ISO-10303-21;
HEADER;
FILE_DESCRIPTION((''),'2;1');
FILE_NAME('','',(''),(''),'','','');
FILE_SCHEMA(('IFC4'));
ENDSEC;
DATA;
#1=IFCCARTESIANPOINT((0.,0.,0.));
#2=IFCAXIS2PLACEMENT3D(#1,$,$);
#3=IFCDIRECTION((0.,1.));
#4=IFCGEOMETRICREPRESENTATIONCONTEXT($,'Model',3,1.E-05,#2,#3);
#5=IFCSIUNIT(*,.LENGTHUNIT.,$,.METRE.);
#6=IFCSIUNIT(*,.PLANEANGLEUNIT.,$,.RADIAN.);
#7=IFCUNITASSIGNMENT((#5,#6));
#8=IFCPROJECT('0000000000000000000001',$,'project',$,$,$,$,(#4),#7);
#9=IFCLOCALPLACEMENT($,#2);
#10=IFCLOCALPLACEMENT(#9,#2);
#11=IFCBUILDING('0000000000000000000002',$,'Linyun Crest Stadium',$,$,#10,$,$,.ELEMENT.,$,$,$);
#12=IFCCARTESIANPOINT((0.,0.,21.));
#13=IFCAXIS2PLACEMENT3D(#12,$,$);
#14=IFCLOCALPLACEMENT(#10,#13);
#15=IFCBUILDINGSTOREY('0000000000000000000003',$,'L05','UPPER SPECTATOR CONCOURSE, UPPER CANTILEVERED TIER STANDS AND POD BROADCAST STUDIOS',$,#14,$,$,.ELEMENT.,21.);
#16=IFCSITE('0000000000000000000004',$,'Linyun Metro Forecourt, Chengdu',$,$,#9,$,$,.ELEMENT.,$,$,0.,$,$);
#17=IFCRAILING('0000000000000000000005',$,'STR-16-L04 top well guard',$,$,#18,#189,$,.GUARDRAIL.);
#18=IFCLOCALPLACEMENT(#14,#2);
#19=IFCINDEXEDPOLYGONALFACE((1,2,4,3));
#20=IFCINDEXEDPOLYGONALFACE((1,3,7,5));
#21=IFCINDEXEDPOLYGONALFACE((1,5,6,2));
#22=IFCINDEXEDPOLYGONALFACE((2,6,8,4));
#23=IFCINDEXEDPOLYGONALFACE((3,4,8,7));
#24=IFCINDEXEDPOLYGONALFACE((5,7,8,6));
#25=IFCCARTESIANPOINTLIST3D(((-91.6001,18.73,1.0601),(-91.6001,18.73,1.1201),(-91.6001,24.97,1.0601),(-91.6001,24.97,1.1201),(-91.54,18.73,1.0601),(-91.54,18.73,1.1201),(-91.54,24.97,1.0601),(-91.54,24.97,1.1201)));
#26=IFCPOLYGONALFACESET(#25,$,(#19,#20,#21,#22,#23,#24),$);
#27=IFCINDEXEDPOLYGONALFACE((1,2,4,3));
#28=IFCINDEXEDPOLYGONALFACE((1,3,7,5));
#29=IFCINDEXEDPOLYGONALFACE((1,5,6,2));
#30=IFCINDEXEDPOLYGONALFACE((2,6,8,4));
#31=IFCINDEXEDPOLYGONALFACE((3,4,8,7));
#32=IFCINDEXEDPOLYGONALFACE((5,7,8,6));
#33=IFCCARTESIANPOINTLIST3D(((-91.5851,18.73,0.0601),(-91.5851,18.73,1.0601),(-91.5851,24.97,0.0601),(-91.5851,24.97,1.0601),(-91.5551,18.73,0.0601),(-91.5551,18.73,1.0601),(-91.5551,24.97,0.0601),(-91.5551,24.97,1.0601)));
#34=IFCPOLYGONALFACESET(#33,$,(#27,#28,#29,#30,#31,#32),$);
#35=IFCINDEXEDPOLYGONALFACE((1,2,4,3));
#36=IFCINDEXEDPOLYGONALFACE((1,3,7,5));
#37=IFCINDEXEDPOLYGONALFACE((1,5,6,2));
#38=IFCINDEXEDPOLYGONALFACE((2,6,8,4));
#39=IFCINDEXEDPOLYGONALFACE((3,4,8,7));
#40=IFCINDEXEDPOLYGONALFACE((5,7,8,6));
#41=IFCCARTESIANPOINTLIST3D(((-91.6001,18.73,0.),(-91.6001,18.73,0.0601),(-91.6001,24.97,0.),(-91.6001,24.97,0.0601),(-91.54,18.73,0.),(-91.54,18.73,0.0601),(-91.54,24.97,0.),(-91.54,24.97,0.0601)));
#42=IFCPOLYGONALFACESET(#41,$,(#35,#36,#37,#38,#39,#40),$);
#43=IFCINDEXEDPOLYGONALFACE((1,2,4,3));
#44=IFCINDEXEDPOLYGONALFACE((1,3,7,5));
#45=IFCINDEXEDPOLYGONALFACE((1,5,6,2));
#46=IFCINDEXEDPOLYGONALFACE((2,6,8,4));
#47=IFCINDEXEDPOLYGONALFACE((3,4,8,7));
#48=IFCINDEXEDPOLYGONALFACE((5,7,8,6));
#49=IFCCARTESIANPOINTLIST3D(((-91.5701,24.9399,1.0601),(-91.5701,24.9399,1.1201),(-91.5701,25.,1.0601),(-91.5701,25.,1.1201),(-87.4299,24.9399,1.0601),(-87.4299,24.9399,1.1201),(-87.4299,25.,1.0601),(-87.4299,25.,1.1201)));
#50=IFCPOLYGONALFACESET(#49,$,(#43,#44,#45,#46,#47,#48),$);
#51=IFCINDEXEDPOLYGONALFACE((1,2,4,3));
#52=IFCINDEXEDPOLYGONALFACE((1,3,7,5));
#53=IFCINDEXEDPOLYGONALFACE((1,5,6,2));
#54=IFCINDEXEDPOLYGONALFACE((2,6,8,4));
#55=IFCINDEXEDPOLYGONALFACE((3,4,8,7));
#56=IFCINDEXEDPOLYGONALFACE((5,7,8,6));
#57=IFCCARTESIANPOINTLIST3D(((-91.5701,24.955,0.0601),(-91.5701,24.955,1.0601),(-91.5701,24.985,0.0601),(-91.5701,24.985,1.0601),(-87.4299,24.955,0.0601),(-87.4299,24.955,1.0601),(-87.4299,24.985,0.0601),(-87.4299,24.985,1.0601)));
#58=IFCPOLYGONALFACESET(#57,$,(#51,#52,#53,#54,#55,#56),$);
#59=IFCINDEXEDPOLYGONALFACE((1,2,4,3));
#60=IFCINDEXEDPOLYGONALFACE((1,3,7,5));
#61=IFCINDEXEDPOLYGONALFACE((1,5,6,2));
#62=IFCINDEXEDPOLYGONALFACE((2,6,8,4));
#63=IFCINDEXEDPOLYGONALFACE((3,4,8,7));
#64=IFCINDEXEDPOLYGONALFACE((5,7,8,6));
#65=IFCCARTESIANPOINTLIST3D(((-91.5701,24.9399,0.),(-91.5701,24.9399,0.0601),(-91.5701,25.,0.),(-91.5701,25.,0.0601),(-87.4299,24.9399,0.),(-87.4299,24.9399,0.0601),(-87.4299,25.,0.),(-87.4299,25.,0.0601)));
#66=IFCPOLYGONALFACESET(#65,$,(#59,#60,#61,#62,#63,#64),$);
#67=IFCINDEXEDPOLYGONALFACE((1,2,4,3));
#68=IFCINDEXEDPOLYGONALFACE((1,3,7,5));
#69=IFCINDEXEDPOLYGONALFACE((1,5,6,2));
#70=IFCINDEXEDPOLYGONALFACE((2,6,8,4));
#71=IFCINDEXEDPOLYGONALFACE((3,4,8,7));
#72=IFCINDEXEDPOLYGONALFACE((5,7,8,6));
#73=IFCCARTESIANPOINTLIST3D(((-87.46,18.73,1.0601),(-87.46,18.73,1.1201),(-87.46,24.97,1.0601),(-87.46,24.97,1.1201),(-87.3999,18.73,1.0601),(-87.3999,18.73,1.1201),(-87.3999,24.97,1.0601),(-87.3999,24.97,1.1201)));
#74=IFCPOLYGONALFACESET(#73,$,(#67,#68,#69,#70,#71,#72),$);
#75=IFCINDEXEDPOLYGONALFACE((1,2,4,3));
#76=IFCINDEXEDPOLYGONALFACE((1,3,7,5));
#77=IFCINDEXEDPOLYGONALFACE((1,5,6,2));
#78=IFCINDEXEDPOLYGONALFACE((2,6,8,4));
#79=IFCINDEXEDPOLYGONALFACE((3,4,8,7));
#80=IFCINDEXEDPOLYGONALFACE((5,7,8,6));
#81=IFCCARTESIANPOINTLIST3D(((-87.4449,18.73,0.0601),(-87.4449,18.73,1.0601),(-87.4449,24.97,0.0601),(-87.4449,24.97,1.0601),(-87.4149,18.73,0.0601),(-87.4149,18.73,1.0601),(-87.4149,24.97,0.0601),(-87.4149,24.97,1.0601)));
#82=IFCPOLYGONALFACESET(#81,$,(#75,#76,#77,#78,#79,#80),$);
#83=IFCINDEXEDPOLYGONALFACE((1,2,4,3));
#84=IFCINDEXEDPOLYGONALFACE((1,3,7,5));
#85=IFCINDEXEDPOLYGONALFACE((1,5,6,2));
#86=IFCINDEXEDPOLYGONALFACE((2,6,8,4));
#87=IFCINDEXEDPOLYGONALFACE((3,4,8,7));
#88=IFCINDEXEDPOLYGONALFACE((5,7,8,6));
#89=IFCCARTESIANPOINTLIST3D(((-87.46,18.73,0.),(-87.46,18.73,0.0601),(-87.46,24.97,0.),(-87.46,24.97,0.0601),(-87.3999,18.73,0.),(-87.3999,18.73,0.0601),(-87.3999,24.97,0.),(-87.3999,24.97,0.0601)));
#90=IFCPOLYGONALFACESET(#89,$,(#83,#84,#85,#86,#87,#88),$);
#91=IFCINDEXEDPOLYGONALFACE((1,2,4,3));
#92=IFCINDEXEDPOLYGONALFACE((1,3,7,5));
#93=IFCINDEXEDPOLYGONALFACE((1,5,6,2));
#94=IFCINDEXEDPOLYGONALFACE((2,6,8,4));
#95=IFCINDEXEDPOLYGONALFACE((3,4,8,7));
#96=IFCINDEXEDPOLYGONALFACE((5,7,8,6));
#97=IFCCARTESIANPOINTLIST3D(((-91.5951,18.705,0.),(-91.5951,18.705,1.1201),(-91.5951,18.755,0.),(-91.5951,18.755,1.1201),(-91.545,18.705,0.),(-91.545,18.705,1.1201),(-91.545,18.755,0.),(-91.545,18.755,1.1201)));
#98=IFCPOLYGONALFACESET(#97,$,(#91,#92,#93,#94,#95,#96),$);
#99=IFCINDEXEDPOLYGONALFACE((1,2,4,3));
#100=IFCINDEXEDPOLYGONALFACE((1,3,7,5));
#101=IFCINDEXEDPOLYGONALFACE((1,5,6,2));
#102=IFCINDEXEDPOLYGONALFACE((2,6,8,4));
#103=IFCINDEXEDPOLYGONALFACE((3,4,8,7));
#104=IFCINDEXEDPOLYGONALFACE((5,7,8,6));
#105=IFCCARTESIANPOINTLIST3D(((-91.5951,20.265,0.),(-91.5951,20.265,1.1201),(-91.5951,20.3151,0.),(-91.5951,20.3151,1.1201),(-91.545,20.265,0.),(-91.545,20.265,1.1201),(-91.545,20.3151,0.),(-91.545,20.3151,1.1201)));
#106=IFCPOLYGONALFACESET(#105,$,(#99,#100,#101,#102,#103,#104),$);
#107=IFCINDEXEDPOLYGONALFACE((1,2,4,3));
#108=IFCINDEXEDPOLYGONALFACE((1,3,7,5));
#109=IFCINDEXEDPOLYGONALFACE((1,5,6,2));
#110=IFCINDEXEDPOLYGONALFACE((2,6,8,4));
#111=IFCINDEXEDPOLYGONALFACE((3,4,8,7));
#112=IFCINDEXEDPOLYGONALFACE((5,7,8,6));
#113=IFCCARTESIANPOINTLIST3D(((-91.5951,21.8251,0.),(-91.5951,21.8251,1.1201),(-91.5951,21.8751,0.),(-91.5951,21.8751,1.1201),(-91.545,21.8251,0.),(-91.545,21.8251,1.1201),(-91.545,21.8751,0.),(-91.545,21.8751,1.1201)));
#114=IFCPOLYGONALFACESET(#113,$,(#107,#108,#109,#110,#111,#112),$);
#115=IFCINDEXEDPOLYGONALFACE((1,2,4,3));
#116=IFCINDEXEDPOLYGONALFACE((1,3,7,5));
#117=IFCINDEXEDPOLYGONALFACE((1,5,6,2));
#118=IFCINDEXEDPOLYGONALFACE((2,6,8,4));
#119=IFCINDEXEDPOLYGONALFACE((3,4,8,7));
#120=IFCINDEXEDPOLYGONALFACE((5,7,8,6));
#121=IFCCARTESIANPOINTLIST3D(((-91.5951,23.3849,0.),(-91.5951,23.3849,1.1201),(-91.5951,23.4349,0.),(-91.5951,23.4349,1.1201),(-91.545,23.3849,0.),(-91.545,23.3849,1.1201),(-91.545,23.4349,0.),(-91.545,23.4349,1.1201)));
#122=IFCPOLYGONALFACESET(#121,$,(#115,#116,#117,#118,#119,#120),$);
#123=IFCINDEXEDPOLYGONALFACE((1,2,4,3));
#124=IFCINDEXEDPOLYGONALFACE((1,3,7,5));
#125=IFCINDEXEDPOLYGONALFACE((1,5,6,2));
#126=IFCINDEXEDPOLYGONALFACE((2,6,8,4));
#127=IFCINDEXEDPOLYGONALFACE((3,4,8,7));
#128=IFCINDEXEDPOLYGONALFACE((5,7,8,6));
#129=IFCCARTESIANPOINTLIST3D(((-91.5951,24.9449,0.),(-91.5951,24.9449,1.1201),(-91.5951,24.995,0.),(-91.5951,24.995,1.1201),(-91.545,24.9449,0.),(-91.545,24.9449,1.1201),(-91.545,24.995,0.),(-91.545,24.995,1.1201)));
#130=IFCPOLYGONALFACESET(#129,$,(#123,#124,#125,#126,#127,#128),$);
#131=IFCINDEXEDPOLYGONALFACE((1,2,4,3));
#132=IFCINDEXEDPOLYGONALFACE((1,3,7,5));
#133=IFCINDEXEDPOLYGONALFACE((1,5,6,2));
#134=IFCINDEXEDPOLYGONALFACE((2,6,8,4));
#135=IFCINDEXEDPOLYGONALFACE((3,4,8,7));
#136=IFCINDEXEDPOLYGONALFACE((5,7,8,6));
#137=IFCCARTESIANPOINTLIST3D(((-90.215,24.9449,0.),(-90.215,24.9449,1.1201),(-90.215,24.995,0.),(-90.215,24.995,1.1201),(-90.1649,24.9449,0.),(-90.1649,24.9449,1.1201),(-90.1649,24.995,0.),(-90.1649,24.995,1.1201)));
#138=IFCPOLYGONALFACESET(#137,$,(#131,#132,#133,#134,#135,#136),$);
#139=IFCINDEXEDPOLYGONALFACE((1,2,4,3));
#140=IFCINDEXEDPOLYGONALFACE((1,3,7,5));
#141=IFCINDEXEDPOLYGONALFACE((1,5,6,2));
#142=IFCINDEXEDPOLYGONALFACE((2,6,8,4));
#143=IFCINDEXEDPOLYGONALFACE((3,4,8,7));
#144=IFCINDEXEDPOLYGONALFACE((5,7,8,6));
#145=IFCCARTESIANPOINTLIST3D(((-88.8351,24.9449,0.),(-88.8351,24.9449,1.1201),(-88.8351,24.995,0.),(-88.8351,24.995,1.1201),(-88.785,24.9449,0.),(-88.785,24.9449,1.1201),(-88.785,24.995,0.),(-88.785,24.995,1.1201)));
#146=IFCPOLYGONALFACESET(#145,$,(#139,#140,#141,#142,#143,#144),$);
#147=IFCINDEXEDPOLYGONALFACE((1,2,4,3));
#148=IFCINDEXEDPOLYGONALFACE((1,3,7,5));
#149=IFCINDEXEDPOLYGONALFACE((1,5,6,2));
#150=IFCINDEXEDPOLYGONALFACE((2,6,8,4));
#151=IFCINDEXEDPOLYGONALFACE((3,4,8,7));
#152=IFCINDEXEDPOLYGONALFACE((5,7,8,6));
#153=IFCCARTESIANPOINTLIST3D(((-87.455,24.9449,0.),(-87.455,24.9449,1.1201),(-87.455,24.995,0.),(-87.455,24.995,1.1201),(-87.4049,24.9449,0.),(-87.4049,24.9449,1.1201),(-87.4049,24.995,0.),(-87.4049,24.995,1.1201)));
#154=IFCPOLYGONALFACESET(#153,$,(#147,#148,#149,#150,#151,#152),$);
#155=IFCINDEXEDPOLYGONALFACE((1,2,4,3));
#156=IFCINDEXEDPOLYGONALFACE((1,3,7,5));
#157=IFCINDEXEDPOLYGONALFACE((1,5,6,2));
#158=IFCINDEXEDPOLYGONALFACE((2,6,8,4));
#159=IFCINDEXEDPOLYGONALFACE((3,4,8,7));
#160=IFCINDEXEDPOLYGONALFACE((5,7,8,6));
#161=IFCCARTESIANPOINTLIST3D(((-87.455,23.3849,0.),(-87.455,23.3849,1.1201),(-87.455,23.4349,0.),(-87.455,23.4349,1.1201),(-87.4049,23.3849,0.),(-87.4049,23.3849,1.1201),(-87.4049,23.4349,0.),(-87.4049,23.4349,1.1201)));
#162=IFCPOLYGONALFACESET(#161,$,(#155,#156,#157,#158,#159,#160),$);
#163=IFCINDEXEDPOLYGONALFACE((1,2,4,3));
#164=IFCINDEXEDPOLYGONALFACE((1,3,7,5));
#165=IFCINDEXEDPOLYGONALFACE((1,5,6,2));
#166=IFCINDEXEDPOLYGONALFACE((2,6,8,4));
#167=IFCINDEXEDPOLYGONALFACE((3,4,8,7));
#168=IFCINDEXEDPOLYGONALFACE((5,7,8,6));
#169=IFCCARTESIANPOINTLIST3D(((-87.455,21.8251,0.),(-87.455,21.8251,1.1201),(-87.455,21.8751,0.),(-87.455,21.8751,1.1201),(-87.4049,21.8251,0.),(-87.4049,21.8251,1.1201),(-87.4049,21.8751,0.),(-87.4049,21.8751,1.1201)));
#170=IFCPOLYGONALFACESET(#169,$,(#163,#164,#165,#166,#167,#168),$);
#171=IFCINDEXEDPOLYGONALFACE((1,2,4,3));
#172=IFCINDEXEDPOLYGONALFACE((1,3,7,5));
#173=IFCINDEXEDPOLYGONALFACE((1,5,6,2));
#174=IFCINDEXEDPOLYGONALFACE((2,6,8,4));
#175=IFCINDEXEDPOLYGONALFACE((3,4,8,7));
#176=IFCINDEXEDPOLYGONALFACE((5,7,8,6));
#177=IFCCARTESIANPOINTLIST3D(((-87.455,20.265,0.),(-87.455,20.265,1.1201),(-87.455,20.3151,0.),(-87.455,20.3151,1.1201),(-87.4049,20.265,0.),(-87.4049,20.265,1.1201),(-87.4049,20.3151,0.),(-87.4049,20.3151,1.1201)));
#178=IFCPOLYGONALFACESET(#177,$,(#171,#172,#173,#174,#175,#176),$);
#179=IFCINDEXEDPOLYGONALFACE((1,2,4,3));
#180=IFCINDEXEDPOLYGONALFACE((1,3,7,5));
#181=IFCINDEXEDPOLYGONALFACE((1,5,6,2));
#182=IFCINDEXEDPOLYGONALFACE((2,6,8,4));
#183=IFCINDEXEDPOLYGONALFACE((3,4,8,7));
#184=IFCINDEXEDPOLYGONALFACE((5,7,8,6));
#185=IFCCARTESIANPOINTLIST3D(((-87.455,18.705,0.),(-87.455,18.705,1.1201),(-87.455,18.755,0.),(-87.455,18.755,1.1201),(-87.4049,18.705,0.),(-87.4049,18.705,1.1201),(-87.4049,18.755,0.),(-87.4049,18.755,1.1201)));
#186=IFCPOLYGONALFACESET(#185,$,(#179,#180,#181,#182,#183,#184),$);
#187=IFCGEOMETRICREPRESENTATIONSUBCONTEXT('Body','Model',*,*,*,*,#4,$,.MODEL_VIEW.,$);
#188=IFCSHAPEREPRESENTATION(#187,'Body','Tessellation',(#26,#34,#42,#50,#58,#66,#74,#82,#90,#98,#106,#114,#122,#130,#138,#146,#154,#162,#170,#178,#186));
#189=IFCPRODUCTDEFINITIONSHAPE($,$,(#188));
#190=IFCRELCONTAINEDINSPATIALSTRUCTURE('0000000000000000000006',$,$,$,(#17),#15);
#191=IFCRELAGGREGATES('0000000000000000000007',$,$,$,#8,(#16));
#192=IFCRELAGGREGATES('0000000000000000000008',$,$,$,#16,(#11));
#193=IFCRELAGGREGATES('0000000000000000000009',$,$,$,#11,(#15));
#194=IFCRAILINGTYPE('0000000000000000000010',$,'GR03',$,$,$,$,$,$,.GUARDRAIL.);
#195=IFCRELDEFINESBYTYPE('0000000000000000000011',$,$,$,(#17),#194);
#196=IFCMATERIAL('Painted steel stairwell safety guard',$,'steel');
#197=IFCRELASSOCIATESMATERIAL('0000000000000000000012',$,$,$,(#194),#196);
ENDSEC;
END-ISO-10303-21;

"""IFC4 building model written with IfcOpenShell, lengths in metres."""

from ifc_helpers import new_model, si_unit, direction, frame, origin, origin_2d, place, context, subcontext, project, spatial, rectangle, extrude, material, type_object, element, save


model = new_model("IFC4")

# Units and contexts
model_context = context("Model", 3, precision=1e-05, world=origin(), true_north=direction((0.0, 1.0)))
body_context = subcontext(model_context, "Body", "Model", "MODEL_VIEW")
ifc_project = project(units=[si_unit("LENGTHUNIT", "METRE"), si_unit("PLANEANGLEUNIT", "RADIAN")], contexts=[model_context])

# Site, building, storey
site_placement = place(None, origin())
site = spatial("IfcSite", under=ifc_project, at=site_placement, Name="Linyun Metro Forecourt, Chengdu", CompositionType="ELEMENT", RefElevation=0.0)
building_placement = place(site_placement, origin())
building = spatial("IfcBuilding", under=site, at=building_placement, Name="Linyun Crest Stadium", CompositionType="ELEMENT")
storey_placement = place(building_placement, frame((0.0, 0.0, 21.0)))
storey = spatial("IfcBuildingStorey", under=building, at=storey_placement, Name="L05", Description="UPPER SPECTATOR CONCOURSE, UPPER CANTILEVERED TIER STANDS AND POD BROADCAST STUDIOS", CompositionType="ELEMENT", Elevation=21.0)

# Railing
ifc_material_1 = material(Name="Painted steel stairwell safety guard", Category="steel")
railing_type_1 = type_object("IfcRailingType", Name="GR03", PredefinedType="GUARDRAIL", material=ifc_material_1)
railing_1_placement = place(storey_placement, frame((-91.5701, 18.73, 0.0)))
element("IfcRailing", 1, at=railing_1_placement, inside=storey, type_object=railing_type_1, Name="STR-16-L04 top well guard", PredefinedType="GUARDRAIL", context=body_context, shape_type="SweptSolid", body=[
    extrude(rectangle(XDim=0.0601, YDim=0.0601, at=origin_2d()), frame((0.0, 0.0, 1.0901), z_axis=(0.0, 1.0, 0.0), x_axis=(-1.0, 0.0, 0.0)), (0.0, 0.0, 1.0), 6.24),
    extrude(rectangle(XDim=0.03, YDim=1.0, at=origin_2d()), frame((0.0, 0.0, 0.5601), z_axis=(0.0, 1.0, 0.0), x_axis=(-1.0, 0.0, 0.0)), (0.0, 0.0, 1.0), 6.24),
    extrude(rectangle(XDim=0.0601, YDim=0.0601, at=origin_2d()), frame((0.0, 0.0, 0.03), z_axis=(0.0, 1.0, 0.0), x_axis=(-1.0, 0.0, 0.0)), (0.0, 0.0, 1.0), 6.24),
    extrude(rectangle(XDim=0.0601, YDim=0.0601, at=origin_2d()), frame((0.0, 6.24, 1.0901), z_axis=(1.0, 0.0, 0.0), x_axis=(0.0, 1.0, 0.0)), (0.0, 0.0, 1.0), 4.1401),
    extrude(rectangle(XDim=0.03, YDim=1.0, at=origin_2d()), frame((0.0, 6.24, 0.5601), z_axis=(1.0, 0.0, 0.0), x_axis=(0.0, 1.0, 0.0)), (0.0, 0.0, 1.0), 4.1401),
    extrude(rectangle(XDim=0.0601, YDim=0.0601, at=origin_2d()), frame((0.0, 6.24, 0.03), z_axis=(1.0, 0.0, 0.0), x_axis=(0.0, 1.0, 0.0)), (0.0, 0.0, 1.0), 4.1401),
    extrude(rectangle(XDim=0.0601, YDim=0.0601, at=origin_2d()), frame((4.1401, 6.24, 1.0901), z_axis=(0.0, -1.0, 0.0), x_axis=(1.0, 0.0, 0.0)), (0.0, 0.0, 1.0), 6.24),
    extrude(rectangle(XDim=0.03, YDim=1.0, at=origin_2d()), frame((4.1401, 6.24, 0.5601), z_axis=(0.0, -1.0, 0.0), x_axis=(1.0, 0.0, 0.0)), (0.0, 0.0, 1.0), 6.24),
    extrude(rectangle(XDim=0.0601, YDim=0.0601, at=origin_2d()), frame((4.1401, 6.24, 0.03), z_axis=(0.0, -1.0, 0.0), x_axis=(1.0, 0.0, 0.0)), (0.0, 0.0, 1.0), 6.24),
    extrude(rectangle(XDim=0.05, YDim=0.05, at=origin_2d()), origin(), (0.0, 0.0, 1.0), 1.1201),
    extrude(rectangle(XDim=0.05, YDim=0.05, at=origin_2d()), frame((0.0, 1.5601, 0.0)), (0.0, 0.0, 1.0), 1.1201),
    extrude(rectangle(XDim=0.05, YDim=0.05, at=origin_2d()), frame((0.0, 3.1201, 0.0)), (0.0, 0.0, 1.0), 1.1201),
    extrude(rectangle(XDim=0.05, YDim=0.05, at=origin_2d()), frame((0.0, 4.6799, 0.0)), (0.0, 0.0, 1.0), 1.1201),
    extrude(rectangle(XDim=0.05, YDim=0.05, at=origin_2d()), frame((0.0, 6.24, 0.0)), (0.0, 0.0, 1.0), 1.1201),
    extrude(rectangle(XDim=0.05, YDim=0.05, at=origin_2d()), frame((1.3801, 6.24, 0.0)), (0.0, 0.0, 1.0), 1.1201),
    extrude(rectangle(XDim=0.05, YDim=0.05, at=origin_2d()), frame((2.76, 6.24, 0.0)), (0.0, 0.0, 1.0), 1.1201),
    extrude(rectangle(XDim=0.05, YDim=0.05, at=origin_2d()), frame((4.1401, 6.24, 0.0)), (0.0, 0.0, 1.0), 1.1201),
    extrude(rectangle(XDim=0.05, YDim=0.05, at=origin_2d()), frame((4.1401, 4.6799, 0.0)), (0.0, 0.0, 1.0), 1.1201),
    extrude(rectangle(XDim=0.05, YDim=0.05, at=origin_2d()), frame((4.1401, 3.1201, 0.0)), (0.0, 0.0, 1.0), 1.1201),
    extrude(rectangle(XDim=0.05, YDim=0.05, at=origin_2d()), frame((4.1401, 1.5601, 0.0)), (0.0, 0.0, 1.0), 1.1201),
    extrude(rectangle(XDim=0.05, YDim=0.05, at=origin_2d()), frame((4.1401, 0.0, 0.0)), (0.0, 0.0, 1.0), 1.1201),
])

save(model, "model.ifc")
